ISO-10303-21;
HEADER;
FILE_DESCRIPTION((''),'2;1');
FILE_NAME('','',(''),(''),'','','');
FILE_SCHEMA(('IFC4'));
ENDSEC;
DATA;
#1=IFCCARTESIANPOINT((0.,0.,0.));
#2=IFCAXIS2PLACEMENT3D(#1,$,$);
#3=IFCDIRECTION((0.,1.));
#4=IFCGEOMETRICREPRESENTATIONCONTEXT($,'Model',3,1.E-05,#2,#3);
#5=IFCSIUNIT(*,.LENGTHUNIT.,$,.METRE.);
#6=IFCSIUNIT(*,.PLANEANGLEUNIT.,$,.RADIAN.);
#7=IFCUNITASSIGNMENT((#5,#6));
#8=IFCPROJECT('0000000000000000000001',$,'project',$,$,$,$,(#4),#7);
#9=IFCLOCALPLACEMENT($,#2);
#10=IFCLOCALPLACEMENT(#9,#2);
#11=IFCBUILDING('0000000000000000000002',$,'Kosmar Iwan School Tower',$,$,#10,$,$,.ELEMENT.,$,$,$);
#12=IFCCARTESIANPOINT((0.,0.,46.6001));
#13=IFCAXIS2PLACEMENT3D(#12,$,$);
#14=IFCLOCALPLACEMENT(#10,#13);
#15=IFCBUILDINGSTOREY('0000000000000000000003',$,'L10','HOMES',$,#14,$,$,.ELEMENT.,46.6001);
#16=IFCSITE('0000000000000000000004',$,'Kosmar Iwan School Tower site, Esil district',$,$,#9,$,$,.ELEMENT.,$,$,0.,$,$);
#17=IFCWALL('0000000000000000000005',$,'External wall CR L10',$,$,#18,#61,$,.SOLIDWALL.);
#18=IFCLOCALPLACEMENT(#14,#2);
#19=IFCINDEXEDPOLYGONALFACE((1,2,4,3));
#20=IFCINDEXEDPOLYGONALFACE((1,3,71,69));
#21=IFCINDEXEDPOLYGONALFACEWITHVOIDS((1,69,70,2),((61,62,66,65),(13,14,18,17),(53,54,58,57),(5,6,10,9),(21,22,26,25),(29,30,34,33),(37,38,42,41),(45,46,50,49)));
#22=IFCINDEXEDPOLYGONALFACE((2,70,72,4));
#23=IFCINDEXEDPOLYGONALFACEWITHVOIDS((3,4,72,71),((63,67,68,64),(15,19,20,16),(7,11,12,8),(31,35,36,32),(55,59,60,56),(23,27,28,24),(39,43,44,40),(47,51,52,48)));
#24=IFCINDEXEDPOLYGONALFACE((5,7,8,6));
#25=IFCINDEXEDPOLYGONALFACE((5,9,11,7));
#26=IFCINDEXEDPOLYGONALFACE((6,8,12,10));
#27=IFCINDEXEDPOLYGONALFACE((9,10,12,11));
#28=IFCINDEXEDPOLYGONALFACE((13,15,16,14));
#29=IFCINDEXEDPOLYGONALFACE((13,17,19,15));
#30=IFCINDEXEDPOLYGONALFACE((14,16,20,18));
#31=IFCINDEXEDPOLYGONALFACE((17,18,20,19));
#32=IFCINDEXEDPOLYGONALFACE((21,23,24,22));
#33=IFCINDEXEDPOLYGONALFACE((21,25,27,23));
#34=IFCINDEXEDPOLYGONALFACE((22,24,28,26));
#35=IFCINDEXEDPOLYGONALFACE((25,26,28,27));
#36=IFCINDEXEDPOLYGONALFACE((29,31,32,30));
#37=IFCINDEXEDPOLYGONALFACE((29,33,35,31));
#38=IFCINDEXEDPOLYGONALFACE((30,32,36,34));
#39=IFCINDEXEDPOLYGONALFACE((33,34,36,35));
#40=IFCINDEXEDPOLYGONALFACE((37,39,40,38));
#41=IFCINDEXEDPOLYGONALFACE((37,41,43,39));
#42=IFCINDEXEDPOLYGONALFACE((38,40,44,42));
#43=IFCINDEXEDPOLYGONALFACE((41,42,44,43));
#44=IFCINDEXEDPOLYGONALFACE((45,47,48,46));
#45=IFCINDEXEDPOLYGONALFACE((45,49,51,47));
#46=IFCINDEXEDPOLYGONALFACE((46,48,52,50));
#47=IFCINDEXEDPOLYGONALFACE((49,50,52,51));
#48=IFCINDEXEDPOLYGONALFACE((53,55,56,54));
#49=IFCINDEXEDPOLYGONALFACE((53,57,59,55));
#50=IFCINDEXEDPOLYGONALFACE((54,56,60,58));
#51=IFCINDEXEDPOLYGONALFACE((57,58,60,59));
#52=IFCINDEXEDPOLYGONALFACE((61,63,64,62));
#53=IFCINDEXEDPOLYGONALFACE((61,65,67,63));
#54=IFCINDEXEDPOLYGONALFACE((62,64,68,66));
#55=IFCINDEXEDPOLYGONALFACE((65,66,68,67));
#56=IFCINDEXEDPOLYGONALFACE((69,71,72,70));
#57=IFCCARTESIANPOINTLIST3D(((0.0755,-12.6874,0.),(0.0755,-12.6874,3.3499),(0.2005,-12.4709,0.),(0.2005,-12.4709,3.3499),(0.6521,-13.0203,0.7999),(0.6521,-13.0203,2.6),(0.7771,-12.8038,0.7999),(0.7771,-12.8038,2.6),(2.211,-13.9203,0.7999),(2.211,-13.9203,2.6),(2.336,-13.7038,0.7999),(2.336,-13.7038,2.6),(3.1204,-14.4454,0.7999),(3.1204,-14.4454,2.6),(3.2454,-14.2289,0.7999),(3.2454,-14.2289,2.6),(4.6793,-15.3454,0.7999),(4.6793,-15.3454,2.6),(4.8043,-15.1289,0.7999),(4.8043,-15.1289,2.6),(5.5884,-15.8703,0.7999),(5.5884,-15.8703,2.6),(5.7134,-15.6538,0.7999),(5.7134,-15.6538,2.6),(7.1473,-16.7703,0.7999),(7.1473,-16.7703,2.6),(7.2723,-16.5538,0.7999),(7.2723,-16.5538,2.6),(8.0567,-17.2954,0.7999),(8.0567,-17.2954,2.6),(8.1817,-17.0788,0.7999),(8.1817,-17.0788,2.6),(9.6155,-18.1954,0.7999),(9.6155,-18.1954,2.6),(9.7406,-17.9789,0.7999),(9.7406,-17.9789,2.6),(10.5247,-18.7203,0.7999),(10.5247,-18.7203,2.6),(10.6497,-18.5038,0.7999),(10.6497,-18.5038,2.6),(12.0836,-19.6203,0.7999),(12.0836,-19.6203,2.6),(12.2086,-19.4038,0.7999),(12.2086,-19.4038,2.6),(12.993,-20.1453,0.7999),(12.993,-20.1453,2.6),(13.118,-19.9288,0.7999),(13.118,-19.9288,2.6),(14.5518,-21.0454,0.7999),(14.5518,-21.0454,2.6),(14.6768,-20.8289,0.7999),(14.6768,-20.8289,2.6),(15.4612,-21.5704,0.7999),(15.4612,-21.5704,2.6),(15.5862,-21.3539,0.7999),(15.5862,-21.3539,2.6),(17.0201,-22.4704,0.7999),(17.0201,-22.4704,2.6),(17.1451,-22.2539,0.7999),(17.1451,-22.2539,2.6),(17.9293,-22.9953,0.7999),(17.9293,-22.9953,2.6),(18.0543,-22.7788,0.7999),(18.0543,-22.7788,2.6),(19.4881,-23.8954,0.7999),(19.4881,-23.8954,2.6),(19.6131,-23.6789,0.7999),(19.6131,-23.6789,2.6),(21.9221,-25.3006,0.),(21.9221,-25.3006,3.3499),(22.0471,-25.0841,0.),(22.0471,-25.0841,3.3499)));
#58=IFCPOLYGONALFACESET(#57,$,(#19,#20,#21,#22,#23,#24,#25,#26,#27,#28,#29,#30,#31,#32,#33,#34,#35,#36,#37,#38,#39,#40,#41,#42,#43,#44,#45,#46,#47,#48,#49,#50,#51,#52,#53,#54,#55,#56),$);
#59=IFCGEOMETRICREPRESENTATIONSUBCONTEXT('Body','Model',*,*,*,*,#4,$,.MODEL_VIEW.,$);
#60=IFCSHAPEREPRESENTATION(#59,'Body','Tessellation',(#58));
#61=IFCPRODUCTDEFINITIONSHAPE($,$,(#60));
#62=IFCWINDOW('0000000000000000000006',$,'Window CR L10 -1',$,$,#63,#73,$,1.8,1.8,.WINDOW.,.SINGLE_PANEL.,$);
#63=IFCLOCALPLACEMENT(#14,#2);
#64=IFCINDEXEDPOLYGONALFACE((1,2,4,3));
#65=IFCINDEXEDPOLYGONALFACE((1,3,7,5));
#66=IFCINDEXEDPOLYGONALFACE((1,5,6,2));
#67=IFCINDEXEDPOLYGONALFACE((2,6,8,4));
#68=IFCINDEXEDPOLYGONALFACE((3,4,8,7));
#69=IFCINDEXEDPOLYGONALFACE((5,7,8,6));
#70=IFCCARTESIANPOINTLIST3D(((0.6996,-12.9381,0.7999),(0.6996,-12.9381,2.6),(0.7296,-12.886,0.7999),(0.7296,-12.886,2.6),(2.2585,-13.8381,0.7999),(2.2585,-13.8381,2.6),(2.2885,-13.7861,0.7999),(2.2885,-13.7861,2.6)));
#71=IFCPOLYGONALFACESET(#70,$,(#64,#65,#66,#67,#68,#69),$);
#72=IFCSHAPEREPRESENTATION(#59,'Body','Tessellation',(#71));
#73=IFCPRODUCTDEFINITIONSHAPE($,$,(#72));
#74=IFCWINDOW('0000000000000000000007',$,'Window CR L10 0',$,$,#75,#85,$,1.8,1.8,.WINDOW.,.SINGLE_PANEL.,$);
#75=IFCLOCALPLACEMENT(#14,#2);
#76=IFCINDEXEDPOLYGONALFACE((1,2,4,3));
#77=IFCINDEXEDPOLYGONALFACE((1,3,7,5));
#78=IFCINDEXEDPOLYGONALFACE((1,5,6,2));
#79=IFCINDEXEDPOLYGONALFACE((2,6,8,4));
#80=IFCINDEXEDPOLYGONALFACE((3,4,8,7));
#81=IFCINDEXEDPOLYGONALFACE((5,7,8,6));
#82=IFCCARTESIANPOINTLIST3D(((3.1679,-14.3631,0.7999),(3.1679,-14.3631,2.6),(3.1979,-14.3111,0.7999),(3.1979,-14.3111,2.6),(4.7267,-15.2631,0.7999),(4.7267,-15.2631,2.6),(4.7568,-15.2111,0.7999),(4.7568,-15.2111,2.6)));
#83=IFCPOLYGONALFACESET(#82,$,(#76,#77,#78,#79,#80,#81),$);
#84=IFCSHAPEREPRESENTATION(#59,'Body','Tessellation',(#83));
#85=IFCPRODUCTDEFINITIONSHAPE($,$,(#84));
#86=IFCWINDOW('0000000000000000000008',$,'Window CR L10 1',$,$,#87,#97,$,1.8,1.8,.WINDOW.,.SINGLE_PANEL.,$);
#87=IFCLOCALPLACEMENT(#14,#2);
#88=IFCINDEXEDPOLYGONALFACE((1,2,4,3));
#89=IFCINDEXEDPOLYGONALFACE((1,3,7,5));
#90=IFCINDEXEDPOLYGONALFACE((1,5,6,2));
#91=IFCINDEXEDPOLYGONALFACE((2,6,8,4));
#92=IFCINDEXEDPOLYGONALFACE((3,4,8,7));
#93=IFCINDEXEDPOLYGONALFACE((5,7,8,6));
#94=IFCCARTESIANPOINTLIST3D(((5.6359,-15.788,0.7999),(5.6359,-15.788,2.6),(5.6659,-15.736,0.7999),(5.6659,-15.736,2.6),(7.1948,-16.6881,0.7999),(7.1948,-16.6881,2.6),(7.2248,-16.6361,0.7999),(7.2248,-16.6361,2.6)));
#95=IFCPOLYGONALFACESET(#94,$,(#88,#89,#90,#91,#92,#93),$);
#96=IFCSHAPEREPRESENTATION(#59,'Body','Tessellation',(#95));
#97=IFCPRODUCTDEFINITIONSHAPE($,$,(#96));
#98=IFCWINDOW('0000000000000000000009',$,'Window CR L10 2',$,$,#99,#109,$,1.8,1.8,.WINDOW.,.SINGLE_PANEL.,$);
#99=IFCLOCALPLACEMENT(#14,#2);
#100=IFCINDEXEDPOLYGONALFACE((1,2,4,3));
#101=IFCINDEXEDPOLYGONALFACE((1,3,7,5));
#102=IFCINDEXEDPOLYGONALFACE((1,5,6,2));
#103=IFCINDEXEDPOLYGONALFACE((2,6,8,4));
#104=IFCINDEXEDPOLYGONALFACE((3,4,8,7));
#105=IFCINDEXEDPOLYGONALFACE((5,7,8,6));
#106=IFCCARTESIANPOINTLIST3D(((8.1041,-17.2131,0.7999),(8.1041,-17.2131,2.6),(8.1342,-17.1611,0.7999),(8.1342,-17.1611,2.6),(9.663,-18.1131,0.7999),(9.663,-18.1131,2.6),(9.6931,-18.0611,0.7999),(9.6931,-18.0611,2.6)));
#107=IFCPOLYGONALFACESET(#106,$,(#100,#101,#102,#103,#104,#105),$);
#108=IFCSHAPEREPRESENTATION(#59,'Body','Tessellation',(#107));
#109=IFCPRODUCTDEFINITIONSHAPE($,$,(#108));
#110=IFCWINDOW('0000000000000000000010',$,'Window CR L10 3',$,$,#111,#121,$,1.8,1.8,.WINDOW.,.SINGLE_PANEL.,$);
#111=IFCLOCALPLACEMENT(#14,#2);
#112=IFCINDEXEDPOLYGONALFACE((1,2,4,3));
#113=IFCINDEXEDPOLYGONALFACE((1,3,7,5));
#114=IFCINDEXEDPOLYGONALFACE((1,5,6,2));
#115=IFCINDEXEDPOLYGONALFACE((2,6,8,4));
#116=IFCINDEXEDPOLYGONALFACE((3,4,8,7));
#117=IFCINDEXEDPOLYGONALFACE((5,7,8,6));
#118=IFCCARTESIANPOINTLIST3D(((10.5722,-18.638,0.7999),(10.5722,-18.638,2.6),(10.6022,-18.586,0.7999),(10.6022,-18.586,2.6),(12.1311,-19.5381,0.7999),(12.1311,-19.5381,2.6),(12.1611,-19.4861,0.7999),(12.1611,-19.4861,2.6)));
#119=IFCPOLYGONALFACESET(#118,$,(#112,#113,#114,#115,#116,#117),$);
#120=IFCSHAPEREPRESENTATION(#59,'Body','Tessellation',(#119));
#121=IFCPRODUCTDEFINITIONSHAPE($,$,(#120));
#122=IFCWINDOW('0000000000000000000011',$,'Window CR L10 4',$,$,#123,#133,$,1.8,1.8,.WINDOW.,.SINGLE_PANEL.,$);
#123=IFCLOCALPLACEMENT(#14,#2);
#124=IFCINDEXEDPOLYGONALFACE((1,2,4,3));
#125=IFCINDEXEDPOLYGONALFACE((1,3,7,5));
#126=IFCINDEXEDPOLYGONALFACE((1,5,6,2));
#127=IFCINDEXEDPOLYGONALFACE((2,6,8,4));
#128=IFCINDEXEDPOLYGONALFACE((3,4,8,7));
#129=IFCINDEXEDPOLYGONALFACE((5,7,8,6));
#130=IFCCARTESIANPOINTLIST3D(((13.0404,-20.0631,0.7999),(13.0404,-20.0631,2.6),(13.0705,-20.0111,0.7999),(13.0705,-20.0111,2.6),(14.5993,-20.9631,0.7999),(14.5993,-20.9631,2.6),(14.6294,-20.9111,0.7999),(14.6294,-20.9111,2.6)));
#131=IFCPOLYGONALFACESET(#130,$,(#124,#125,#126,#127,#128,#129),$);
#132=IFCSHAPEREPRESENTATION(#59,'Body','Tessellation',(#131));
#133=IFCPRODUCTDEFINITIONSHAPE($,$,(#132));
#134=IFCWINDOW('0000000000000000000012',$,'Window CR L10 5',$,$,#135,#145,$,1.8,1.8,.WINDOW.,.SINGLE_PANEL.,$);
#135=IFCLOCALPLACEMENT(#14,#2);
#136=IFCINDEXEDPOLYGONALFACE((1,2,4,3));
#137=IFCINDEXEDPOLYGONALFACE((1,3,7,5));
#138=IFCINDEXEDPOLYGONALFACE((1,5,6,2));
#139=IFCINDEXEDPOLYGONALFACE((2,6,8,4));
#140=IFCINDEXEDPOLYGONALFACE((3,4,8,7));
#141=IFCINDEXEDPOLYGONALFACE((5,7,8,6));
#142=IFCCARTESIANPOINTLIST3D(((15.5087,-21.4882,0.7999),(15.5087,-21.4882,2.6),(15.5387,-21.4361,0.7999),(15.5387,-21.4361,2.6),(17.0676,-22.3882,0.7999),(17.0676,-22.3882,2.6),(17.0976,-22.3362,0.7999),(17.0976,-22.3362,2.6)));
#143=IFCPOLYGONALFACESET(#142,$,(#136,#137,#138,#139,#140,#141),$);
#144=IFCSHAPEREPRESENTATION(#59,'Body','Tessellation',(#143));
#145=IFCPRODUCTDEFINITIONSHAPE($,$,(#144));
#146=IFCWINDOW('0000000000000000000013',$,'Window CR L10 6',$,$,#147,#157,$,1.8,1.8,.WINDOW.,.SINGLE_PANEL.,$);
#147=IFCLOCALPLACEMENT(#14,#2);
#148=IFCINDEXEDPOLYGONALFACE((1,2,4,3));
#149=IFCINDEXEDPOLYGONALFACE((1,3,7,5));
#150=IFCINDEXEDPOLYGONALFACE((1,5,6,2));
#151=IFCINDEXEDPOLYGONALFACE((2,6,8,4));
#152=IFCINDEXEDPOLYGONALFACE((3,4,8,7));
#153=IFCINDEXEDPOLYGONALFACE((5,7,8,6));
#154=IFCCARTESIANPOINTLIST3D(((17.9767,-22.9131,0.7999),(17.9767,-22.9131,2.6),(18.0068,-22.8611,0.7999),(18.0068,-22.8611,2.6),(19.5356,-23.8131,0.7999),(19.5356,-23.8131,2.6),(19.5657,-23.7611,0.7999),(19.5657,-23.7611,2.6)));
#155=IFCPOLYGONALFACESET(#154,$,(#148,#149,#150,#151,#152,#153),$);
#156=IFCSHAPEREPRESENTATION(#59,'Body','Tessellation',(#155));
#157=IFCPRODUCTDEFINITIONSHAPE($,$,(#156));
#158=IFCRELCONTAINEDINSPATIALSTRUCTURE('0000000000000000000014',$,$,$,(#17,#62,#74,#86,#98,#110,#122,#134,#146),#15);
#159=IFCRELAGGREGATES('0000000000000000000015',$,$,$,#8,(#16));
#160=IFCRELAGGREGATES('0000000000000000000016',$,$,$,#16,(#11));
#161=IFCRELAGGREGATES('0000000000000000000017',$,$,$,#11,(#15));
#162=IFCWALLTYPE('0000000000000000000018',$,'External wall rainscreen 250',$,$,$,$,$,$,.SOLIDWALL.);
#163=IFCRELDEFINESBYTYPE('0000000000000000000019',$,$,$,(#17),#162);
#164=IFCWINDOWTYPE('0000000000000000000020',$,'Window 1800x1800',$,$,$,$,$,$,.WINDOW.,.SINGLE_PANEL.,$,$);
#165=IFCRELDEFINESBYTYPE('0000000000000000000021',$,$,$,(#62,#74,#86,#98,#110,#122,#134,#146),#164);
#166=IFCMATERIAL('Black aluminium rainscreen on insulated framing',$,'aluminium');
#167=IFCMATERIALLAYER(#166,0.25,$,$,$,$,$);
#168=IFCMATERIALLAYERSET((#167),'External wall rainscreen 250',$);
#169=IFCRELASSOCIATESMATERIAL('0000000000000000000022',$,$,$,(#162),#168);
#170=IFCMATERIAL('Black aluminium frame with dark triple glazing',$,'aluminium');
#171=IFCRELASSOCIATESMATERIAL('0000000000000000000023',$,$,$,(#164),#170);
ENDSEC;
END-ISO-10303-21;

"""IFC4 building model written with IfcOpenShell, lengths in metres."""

from ifc_helpers import new_model, si_unit, direction, frame, frame_2d, origin, place, context, subcontext, project, spatial, rectangle, extrude, material, layer, layer_set, type_object, element, fill, save


model = new_model("IFC4")

# Units and contexts
model_context = context("Model", 3, precision=1e-05, world=origin(), true_north=direction((0.0, 1.0)))
body_context = subcontext(model_context, "Body", "Model", "MODEL_VIEW")
ifc_project = project(units=[si_unit("LENGTHUNIT", "METRE"), si_unit("PLANEANGLEUNIT", "RADIAN")], contexts=[model_context])

# Site, building, storey
site_placement = place(None, origin())
site = spatial("IfcSite", under=ifc_project, at=site_placement, Name="Kosmar Iwan School Tower site, Esil district", CompositionType="ELEMENT", RefElevation=0.0)
building_placement = place(site_placement, origin())
building = spatial("IfcBuilding", under=site, at=building_placement, Name="Kosmar Iwan School Tower", CompositionType="ELEMENT")
storey_placement = place(building_placement, frame((0.0, 0.0, 46.6001)))
storey = spatial("IfcBuildingStorey", under=building, at=storey_placement, Name="L10", Description="HOMES", CompositionType="ELEMENT", Elevation=46.6001)

# Wall, openings, windows
ifc_material_1 = material(Name="Black aluminium rainscreen on insulated framing", Category="aluminium")
ifc_layer = layer(ifc_material_1, 0.25)
ifc_layer_set = layer_set([ifc_layer], Name="External wall rainscreen 250")
wall_type = type_object("IfcWallType", Name="External wall rainscreen 250", PredefinedType="SOLIDWALL", material=ifc_layer_set)
ifc_material_2 = material(Name="Black aluminium frame with dark triple glazing", Category="aluminium")
window_type = type_object("IfcWindowType", Name="Window 1800x1800", PartitioningType="SINGLE_PANEL", PredefinedType="WINDOW", material=ifc_material_2)
wall_1_placement = place(storey_placement, frame((0.1379, -12.5791, 0.0), z_axis=(0.0, 0.0, 1.0), x_axis=(0.866024, -0.500003, 0.0)))
wall_1 = element("IfcWall", 1, at=wall_1_placement, inside=storey, type_object=wall_type, Name="External wall CR L10", PredefinedType="SOLIDWALL", context=body_context, shape_type="SweptSolid", body=[
    extrude(rectangle(XDim=25.2263, YDim=0.25, at=frame_2d((12.6133, 0.0))), origin(), (0.0, 0.0, 1.0), 3.3499),
])
opening_1_placement = place(wall_1_placement, frame((0.666, 0.0, 0.8)))
opening_1 = element("IfcOpeningElement", 2, at=opening_1_placement, cuts=wall_1, PredefinedType="OPENING", context=body_context, shape_type="SweptSolid", body=[
    extrude(rectangle(XDim=1.8, YDim=1.8, at=frame_2d((0.8999, 0.8999))), frame((0.0, 0.137, 0.0), z_axis=(0.0, -1.0, 0.0), x_axis=(1.0, 0.0, 0.0)), (0.0, 0.0, 1.0), 0.2739),
])
opening_2_placement = place(wall_1_placement, frame((3.5161, 0.0, 0.8)))
opening_2 = element("IfcOpeningElement", 3, at=opening_2_placement, cuts=wall_1, PredefinedType="OPENING", context=body_context, shape_type="SweptSolid", body=[
    extrude(rectangle(XDim=1.8, YDim=1.8, at=frame_2d((0.8999, 0.8999))), frame((0.0, 0.137, 0.0), z_axis=(0.0, -1.0, 0.0), x_axis=(1.0, 0.0, 0.0)), (0.0, 0.0, 1.0), 0.2739),
])
opening_3_placement = place(wall_1_placement, frame((6.366, 0.0, 0.8)))
opening_3 = element("IfcOpeningElement", 4, at=opening_3_placement, cuts=wall_1, PredefinedType="OPENING", context=body_context, shape_type="SweptSolid", body=[
    extrude(rectangle(XDim=1.8, YDim=1.8, at=frame_2d((0.8999, 0.8999))), frame((0.0, 0.137, 0.0), z_axis=(0.0, -1.0, 0.0), x_axis=(1.0, 0.0, 0.0)), (0.0, 0.0, 1.0), 0.2739),
])
opening_4_placement = place(wall_1_placement, frame((9.2161, 0.0, 0.8)))
opening_4 = element("IfcOpeningElement", 5, at=opening_4_placement, cuts=wall_1, PredefinedType="OPENING", context=body_context, shape_type="SweptSolid", body=[
    extrude(rectangle(XDim=1.8, YDim=1.8, at=frame_2d((0.8999, 0.8999))), frame((0.0, 0.137, 0.0), z_axis=(0.0, -1.0, 0.0), x_axis=(1.0, 0.0, 0.0)), (0.0, 0.0, 1.0), 0.2739),
])
opening_5_placement = place(wall_1_placement, frame((12.0659, 0.0, 0.8)))
opening_5 = element("IfcOpeningElement", 6, at=opening_5_placement, cuts=wall_1, PredefinedType="OPENING", context=body_context, shape_type="SweptSolid", body=[
    extrude(rectangle(XDim=1.8, YDim=1.8, at=frame_2d((0.8999, 0.8999))), frame((0.0, 0.137, 0.0), z_axis=(0.0, -1.0, 0.0), x_axis=(1.0, 0.0, 0.0)), (0.0, 0.0, 1.0), 0.2739),
])
opening_6_placement = place(wall_1_placement, frame((14.916, 0.0, 0.8)))
opening_6 = element("IfcOpeningElement", 7, at=opening_6_placement, cuts=wall_1, PredefinedType="OPENING", context=body_context, shape_type="SweptSolid", body=[
    extrude(rectangle(XDim=1.8, YDim=1.8, at=frame_2d((0.8999, 0.8999))), frame((0.0, 0.137, 0.0), z_axis=(0.0, -1.0, 0.0), x_axis=(1.0, 0.0, 0.0)), (0.0, 0.0, 1.0), 0.2739),
])
opening_7_placement = place(wall_1_placement, frame((17.7661, 0.0, 0.8)))
opening_7 = element("IfcOpeningElement", 8, at=opening_7_placement, cuts=wall_1, PredefinedType="OPENING", context=body_context, shape_type="SweptSolid", body=[
    extrude(rectangle(XDim=1.8, YDim=1.8, at=frame_2d((0.8999, 0.8999))), frame((0.0, 0.137, 0.0), z_axis=(0.0, -1.0, 0.0), x_axis=(1.0, 0.0, 0.0)), (0.0, 0.0, 1.0), 0.2739),
])
opening_8_placement = place(wall_1_placement, frame((20.616, 0.0, 0.8)))
opening_8 = element("IfcOpeningElement", 9, at=opening_8_placement, cuts=wall_1, PredefinedType="OPENING", context=body_context, shape_type="SweptSolid", body=[
    extrude(rectangle(XDim=1.8, YDim=1.8, at=frame_2d((0.8999, 0.8999))), frame((0.0, 0.137, 0.0), z_axis=(0.0, -1.0, 0.0), x_axis=(1.0, 0.0, 0.0)), (0.0, 0.0, 1.0), 0.2739),
])
window_1_placement = place(opening_1_placement, origin())
window_1 = element("IfcWindow", 10, at=window_1_placement, inside=storey, type_object=window_type, Name="Window CR L10 -1", OverallHeight=1.8, OverallWidth=1.8, PartitioningType="SINGLE_PANEL", PredefinedType="WINDOW", context=body_context, shape_type="SweptSolid", body=[
    extrude(rectangle(XDim=1.8, YDim=1.8, at=frame_2d((0.8999, 0.8999))), frame((0.0, 0.03, 0.0), z_axis=(0.0, -1.0, 0.0), x_axis=(1.0, 0.0, 0.0)), (0.0, 0.0, 1.0), 0.0601),
])
fill(opening_1, window_1)
window_2_placement = place(opening_2_placement, origin())
window_2 = element("IfcWindow", 11, at=window_2_placement, inside=storey, type_object=window_type, Name="Window CR L10 0", OverallHeight=1.8, OverallWidth=1.8, PartitioningType="SINGLE_PANEL", PredefinedType="WINDOW", context=body_context, shape_type="SweptSolid", body=[
    extrude(rectangle(XDim=1.8, YDim=1.8, at=frame_2d((0.8999, 0.8999))), frame((0.0, 0.03, 0.0), z_axis=(0.0, -1.0, 0.0), x_axis=(1.0, 0.0, 0.0)), (0.0, 0.0, 1.0), 0.0601),
])
fill(opening_2, window_2)
window_3_placement = place(opening_3_placement, origin())
window_3 = element("IfcWindow", 12, at=window_3_placement, inside=storey, type_object=window_type, Name="Window CR L10 1", OverallHeight=1.8, OverallWidth=1.8, PartitioningType="SINGLE_PANEL", PredefinedType="WINDOW", context=body_context, shape_type="SweptSolid", body=[
    extrude(rectangle(XDim=1.8, YDim=1.8, at=frame_2d((0.8999, 0.8999))), frame((0.0, 0.03, 0.0), z_axis=(0.0, -1.0, 0.0), x_axis=(1.0, 0.0, 0.0)), (0.0, 0.0, 1.0), 0.0601),
])
fill(opening_3, window_3)
window_4_placement = place(opening_4_placement, origin())
window_4 = element("IfcWindow", 13, at=window_4_placement, inside=storey, type_object=window_type, Name="Window CR L10 2", OverallHeight=1.8, OverallWidth=1.8, PartitioningType="SINGLE_PANEL", PredefinedType="WINDOW", context=body_context, shape_type="SweptSolid", body=[
    extrude(rectangle(XDim=1.8, YDim=1.8, at=frame_2d((0.8999, 0.8999))), frame((0.0, 0.03, 0.0), z_axis=(0.0, -1.0, 0.0), x_axis=(1.0, 0.0, 0.0)), (0.0, 0.0, 1.0), 0.0601),
])
fill(opening_4, window_4)
window_5_placement = place(opening_5_placement, origin())
window_5 = element("IfcWindow", 14, at=window_5_placement, inside=storey, type_object=window_type, Name="Window CR L10 3", OverallHeight=1.8, OverallWidth=1.8, PartitioningType="SINGLE_PANEL", PredefinedType="WINDOW", context=body_context, shape_type="SweptSolid", body=[
    extrude(rectangle(XDim=1.8, YDim=1.8, at=frame_2d((0.8999, 0.8999))), frame((0.0, 0.03, 0.0), z_axis=(0.0, -1.0, 0.0), x_axis=(1.0, 0.0, 0.0)), (0.0, 0.0, 1.0), 0.0601),
])
fill(opening_5, window_5)
window_6_placement = place(opening_6_placement, origin())
window_6 = element("IfcWindow", 15, at=window_6_placement, inside=storey, type_object=window_type, Name="Window CR L10 4", OverallHeight=1.8, OverallWidth=1.8, PartitioningType="SINGLE_PANEL", PredefinedType="WINDOW", context=body_context, shape_type="SweptSolid", body=[
    extrude(rectangle(XDim=1.8, YDim=1.8, at=frame_2d((0.8999, 0.8999))), frame((0.0, 0.03, 0.0), z_axis=(0.0, -1.0, 0.0), x_axis=(1.0, 0.0, 0.0)), (0.0, 0.0, 1.0), 0.0601),
])
fill(opening_6, window_6)
window_7_placement = place(opening_7_placement, origin())
window_7 = element("IfcWindow", 16, at=window_7_placement, inside=storey, type_object=window_type, Name="Window CR L10 5", OverallHeight=1.8, OverallWidth=1.8, PartitioningType="SINGLE_PANEL", PredefinedType="WINDOW", context=body_context, shape_type="SweptSolid", body=[
    extrude(rectangle(XDim=1.8, YDim=1.8, at=frame_2d((0.8999, 0.8999))), frame((0.0, 0.03, 0.0), z_axis=(0.0, -1.0, 0.0), x_axis=(1.0, 0.0, 0.0)), (0.0, 0.0, 1.0), 0.0601),
])
fill(opening_7, window_7)
window_8_placement = place(opening_8_placement, origin())
window_8 = element("IfcWindow", 17, at=window_8_placement, inside=storey, type_object=window_type, Name="Window CR L10 6", OverallHeight=1.8, OverallWidth=1.8, PartitioningType="SINGLE_PANEL", PredefinedType="WINDOW", context=body_context, shape_type="SweptSolid", body=[
    extrude(rectangle(XDim=1.8, YDim=1.8, at=frame_2d((0.8999, 0.8999))), frame((0.0, 0.03, 0.0), z_axis=(0.0, -1.0, 0.0), x_axis=(1.0, 0.0, 0.0)), (0.0, 0.0, 1.0), 0.0601),
])
fill(opening_8, window_8)

save(model, "model.ifc")
